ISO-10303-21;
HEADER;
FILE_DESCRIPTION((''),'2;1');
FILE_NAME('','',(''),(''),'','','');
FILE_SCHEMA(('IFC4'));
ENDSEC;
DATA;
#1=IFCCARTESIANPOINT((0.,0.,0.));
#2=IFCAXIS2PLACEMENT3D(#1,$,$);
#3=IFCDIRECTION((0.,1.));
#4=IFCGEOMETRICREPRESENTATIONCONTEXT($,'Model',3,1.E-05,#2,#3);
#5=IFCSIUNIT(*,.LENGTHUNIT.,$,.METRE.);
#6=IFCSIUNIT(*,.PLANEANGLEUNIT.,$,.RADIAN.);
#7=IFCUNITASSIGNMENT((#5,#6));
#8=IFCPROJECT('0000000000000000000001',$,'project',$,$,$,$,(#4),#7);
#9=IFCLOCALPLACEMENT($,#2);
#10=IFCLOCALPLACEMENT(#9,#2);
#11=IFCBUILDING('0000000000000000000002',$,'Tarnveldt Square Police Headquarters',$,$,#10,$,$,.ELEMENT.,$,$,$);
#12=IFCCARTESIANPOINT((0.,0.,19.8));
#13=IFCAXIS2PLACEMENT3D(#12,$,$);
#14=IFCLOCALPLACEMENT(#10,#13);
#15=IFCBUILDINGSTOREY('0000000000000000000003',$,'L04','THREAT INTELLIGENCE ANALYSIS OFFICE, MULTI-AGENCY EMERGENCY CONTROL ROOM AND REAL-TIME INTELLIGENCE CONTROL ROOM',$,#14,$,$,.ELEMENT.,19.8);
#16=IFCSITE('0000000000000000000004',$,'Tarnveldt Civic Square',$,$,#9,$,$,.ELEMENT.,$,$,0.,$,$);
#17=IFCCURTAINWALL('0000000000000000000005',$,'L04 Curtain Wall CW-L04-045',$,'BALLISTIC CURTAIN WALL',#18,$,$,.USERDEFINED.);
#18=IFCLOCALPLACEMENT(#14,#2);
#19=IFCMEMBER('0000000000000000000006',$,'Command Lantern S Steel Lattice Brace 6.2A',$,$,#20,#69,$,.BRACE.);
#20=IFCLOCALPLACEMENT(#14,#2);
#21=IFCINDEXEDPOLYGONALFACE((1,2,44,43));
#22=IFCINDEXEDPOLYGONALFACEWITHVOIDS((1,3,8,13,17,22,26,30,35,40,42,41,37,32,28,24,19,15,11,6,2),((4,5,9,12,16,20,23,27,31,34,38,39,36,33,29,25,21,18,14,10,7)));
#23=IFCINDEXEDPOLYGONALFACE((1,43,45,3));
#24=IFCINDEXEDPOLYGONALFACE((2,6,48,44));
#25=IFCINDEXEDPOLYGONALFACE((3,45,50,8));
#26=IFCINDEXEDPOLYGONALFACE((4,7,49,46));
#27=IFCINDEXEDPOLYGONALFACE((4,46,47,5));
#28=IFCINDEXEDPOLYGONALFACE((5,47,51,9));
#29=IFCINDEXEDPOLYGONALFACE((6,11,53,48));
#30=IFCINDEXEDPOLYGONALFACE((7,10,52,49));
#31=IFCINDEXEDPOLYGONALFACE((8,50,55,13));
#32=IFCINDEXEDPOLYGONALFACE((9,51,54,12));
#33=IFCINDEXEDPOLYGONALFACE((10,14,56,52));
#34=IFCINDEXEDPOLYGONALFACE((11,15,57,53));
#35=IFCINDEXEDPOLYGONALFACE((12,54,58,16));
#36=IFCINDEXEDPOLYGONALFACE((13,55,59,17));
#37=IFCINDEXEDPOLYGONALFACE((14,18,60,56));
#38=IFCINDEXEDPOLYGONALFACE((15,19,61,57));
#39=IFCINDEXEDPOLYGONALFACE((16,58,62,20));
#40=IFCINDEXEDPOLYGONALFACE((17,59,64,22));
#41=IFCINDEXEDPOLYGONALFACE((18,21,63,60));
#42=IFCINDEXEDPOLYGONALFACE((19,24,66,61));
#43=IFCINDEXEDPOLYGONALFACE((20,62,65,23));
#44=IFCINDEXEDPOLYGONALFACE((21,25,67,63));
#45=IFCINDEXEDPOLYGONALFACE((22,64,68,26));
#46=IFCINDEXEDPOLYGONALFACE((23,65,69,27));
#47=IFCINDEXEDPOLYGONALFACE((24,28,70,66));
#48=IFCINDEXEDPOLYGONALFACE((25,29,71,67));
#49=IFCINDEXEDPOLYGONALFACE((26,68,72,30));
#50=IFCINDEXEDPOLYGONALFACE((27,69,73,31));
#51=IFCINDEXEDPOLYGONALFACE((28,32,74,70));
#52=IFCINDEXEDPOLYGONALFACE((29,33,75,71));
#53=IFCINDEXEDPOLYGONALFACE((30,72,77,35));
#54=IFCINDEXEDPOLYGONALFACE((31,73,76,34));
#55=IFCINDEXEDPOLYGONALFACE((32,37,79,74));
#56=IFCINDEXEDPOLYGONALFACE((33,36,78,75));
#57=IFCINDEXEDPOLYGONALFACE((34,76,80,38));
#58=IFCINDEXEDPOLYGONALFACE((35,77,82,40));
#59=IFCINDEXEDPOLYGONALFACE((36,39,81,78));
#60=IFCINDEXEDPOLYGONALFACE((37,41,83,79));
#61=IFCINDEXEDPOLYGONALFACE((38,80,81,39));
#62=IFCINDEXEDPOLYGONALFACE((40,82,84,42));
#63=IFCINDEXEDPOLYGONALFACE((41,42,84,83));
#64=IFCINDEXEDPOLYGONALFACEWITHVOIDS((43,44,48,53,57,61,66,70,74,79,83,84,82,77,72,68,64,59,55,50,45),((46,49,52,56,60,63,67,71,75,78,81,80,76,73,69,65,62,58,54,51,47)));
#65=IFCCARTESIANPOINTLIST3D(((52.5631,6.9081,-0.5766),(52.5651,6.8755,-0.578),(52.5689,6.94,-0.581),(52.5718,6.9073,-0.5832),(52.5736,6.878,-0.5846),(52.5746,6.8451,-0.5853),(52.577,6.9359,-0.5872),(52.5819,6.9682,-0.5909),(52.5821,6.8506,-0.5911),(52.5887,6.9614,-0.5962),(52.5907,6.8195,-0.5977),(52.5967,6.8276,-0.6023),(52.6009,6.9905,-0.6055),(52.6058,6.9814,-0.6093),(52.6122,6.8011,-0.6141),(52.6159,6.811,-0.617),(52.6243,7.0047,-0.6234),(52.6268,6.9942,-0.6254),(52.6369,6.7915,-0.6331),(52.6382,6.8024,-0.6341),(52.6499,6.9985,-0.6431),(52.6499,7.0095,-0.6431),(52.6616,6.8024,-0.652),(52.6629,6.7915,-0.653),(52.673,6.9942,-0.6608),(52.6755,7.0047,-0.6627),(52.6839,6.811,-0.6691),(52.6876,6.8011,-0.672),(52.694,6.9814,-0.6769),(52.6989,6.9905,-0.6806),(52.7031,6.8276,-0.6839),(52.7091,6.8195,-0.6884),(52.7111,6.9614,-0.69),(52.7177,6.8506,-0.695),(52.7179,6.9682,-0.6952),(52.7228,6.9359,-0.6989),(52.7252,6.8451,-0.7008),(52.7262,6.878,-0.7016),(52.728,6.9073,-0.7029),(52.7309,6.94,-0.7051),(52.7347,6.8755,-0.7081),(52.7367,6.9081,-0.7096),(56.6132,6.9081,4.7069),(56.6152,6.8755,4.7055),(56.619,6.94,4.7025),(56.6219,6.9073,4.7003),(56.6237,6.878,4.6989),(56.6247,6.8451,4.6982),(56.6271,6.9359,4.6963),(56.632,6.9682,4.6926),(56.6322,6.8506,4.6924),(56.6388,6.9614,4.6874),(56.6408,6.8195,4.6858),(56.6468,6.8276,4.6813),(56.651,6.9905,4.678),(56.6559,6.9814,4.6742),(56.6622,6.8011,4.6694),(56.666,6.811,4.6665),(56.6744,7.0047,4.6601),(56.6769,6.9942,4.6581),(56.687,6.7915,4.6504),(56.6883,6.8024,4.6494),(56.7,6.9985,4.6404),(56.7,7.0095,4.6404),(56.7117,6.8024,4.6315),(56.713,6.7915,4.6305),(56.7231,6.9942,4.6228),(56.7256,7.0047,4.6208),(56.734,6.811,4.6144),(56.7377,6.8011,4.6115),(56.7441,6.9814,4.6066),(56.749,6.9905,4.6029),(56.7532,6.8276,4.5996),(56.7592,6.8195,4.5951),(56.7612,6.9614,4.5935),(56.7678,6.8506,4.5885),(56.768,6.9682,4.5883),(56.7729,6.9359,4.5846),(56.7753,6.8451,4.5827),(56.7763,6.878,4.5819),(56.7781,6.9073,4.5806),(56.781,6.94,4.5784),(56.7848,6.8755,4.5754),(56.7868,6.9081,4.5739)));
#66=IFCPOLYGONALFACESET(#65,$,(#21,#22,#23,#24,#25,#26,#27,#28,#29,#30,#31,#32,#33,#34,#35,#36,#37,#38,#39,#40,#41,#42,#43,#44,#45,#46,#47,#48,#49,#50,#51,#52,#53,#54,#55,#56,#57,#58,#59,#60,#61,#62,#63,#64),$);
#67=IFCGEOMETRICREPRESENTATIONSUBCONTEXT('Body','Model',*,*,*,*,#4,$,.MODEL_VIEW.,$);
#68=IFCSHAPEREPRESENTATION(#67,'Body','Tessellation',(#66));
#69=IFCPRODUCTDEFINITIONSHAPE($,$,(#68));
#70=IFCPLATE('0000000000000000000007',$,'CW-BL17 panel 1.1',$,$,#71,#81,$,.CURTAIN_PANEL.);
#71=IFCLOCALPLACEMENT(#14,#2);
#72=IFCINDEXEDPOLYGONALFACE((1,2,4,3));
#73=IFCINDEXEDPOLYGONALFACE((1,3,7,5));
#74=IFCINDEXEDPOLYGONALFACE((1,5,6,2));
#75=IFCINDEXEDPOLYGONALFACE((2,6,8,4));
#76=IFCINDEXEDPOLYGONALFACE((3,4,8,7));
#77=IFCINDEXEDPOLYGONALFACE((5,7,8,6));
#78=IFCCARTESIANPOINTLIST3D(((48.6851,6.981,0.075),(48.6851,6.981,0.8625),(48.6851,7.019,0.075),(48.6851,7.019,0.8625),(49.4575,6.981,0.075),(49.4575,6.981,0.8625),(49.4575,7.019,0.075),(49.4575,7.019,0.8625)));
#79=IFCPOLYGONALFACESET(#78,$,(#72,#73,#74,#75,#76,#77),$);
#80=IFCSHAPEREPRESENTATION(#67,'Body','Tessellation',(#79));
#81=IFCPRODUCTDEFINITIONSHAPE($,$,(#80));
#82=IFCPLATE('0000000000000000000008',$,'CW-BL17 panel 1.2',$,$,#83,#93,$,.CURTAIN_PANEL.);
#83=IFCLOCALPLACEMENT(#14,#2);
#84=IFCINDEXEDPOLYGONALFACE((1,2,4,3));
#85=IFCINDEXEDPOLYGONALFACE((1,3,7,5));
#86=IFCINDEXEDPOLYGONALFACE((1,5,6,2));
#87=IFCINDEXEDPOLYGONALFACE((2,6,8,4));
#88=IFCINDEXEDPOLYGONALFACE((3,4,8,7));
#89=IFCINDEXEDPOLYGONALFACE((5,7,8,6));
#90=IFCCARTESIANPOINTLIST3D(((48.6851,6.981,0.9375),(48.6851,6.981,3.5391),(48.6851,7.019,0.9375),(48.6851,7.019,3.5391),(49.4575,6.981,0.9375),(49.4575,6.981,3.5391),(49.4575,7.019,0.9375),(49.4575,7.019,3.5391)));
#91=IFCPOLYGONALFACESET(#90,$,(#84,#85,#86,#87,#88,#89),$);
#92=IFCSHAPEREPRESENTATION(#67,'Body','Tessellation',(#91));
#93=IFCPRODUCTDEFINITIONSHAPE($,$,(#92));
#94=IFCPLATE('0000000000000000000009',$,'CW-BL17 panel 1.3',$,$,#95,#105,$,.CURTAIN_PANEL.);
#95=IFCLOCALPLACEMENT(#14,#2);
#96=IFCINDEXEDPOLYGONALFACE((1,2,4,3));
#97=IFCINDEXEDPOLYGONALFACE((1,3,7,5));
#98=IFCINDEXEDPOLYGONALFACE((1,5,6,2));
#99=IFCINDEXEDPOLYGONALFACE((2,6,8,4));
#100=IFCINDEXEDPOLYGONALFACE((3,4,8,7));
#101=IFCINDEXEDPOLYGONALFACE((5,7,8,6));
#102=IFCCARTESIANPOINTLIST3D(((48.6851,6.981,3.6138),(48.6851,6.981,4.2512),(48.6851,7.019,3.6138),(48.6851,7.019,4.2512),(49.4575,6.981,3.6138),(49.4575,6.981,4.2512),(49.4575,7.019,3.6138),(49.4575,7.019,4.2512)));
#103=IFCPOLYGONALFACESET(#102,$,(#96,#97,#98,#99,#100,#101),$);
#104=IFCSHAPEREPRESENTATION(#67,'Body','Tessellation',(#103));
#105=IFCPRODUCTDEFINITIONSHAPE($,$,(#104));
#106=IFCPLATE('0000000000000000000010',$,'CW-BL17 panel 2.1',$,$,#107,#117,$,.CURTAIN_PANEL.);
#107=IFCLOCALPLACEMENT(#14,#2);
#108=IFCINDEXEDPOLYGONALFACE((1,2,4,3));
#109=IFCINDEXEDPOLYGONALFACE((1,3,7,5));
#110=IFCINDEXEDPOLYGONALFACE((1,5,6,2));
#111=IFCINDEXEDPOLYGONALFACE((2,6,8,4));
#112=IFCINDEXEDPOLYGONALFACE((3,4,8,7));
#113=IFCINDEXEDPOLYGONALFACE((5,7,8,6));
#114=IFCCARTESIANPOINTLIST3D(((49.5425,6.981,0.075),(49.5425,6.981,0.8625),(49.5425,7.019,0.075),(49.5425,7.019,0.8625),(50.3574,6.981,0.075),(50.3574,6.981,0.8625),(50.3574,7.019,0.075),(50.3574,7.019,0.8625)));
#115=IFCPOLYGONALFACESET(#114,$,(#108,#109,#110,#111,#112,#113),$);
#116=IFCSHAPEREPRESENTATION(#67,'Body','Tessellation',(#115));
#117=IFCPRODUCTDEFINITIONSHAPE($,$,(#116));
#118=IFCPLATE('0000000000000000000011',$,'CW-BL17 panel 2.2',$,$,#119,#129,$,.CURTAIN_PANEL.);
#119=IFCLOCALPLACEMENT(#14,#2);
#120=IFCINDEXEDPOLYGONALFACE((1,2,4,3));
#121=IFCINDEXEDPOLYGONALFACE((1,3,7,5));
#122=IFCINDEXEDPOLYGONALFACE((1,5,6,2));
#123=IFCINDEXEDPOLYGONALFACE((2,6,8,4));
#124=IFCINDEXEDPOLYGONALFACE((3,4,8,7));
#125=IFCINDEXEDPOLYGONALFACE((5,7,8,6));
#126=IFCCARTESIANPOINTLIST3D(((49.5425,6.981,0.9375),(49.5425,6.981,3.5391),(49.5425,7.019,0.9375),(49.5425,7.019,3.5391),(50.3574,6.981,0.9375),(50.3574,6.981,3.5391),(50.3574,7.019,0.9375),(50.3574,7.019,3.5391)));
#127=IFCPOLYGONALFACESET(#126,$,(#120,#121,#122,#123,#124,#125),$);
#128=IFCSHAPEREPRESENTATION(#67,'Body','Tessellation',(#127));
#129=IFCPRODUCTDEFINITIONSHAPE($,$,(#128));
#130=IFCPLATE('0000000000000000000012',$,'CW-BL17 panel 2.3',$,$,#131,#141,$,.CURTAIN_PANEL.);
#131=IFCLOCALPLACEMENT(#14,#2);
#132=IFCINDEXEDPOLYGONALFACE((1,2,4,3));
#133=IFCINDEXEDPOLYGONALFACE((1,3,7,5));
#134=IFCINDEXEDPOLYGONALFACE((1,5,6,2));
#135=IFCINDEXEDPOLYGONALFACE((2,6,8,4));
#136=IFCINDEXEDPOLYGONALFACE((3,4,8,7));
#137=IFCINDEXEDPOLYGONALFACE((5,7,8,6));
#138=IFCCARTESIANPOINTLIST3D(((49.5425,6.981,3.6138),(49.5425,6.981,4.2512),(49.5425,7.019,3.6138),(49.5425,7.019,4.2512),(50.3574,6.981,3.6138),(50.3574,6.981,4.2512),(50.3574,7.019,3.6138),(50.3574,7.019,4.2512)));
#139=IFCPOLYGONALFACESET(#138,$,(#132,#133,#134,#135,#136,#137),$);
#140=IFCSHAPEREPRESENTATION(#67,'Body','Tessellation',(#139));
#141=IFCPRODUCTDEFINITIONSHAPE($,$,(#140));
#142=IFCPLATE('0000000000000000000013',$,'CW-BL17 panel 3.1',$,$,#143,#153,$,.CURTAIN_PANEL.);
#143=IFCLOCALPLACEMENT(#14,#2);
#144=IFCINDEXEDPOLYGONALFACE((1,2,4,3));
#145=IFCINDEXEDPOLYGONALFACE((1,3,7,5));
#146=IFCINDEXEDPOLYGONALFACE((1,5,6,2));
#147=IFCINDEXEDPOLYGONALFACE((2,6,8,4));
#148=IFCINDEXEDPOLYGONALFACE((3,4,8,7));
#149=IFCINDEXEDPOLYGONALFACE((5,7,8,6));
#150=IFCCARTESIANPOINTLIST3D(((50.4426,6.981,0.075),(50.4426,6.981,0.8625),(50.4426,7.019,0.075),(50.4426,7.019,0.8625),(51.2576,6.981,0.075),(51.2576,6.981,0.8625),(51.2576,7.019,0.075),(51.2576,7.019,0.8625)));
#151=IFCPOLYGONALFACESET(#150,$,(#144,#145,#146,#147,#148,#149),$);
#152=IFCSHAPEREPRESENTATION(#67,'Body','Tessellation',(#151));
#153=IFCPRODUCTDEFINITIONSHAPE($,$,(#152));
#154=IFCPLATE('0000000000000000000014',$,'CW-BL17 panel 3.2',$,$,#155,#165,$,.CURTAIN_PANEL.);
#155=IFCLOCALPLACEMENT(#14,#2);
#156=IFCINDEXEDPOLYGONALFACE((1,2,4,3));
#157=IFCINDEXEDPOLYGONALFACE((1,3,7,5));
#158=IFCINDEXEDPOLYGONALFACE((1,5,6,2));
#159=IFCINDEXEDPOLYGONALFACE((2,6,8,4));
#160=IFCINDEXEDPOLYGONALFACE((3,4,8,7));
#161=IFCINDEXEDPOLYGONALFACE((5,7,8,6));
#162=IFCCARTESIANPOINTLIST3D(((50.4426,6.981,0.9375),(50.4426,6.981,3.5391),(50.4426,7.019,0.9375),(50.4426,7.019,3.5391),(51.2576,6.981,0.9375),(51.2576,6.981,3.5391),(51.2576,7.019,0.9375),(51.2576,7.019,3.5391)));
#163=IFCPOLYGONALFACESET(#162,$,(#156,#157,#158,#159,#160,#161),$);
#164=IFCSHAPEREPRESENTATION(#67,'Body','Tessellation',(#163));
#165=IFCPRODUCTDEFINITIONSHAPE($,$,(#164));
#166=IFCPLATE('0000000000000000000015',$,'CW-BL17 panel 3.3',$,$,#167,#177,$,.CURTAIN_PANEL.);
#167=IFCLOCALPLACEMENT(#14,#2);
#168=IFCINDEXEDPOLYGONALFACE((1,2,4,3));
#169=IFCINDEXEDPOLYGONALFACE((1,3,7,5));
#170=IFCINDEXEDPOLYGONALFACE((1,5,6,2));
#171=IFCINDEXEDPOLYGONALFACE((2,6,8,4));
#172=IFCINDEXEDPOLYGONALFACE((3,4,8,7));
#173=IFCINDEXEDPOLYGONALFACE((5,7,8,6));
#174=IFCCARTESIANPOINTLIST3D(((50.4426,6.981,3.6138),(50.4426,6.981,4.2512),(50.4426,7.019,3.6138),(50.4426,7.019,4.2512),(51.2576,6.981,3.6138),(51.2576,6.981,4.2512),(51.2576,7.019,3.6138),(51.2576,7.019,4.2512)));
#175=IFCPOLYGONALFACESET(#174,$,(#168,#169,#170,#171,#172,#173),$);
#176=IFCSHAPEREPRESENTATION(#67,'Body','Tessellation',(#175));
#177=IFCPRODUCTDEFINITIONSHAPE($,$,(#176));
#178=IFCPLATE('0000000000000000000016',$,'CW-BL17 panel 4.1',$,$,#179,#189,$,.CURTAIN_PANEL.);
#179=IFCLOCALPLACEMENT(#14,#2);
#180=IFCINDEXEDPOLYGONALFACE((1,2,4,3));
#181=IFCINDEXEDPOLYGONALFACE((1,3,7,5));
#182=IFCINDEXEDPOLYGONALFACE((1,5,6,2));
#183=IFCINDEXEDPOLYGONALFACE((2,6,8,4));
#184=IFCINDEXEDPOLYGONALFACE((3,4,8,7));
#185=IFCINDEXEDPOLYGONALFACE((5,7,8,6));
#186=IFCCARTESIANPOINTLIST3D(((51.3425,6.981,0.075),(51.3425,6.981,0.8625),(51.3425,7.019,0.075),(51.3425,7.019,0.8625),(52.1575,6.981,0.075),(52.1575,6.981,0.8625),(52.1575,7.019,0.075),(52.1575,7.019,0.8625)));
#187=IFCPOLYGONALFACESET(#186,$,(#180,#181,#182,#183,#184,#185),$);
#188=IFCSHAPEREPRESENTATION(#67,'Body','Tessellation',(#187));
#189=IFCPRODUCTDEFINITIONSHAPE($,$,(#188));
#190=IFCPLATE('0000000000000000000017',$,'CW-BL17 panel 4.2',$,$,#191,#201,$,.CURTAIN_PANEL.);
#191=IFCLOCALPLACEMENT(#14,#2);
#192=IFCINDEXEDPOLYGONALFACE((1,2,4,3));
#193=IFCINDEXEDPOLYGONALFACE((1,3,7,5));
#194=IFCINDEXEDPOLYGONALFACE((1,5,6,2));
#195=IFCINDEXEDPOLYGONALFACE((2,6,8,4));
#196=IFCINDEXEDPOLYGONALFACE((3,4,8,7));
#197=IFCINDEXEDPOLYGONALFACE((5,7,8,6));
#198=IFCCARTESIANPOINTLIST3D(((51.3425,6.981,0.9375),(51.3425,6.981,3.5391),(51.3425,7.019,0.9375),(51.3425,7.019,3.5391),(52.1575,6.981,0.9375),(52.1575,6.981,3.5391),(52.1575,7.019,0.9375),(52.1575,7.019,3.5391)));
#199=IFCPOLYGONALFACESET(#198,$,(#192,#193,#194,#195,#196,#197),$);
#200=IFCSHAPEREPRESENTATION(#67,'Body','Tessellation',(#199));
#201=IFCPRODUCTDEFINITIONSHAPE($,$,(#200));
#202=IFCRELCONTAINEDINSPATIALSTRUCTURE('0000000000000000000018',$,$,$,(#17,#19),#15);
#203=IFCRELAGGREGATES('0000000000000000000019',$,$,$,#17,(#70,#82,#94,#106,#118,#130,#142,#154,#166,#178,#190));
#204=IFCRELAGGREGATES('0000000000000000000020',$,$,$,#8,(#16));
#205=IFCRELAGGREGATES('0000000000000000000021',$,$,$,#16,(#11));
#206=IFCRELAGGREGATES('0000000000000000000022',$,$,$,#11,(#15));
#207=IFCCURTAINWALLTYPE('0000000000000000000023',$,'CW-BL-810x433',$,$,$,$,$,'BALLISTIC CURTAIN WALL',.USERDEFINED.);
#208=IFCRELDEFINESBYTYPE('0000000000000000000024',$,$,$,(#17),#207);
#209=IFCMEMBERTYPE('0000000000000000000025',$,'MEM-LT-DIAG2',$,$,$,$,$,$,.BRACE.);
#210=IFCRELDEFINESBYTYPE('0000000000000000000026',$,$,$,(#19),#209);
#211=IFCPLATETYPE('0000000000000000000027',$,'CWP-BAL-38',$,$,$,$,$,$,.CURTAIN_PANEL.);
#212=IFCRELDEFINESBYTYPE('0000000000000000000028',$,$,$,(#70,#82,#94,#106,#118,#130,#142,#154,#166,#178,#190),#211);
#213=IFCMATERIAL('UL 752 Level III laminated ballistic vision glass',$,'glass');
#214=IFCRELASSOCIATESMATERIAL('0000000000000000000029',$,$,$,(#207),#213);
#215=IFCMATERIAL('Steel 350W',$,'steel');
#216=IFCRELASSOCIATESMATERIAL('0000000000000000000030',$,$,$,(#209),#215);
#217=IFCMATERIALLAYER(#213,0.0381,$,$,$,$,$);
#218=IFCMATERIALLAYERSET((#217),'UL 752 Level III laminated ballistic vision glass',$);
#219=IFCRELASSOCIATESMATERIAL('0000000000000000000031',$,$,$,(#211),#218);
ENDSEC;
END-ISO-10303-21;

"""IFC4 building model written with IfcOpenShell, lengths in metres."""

from ifc_helpers import new_model, si_unit, direction, frame, origin, origin_2d, place, context, subcontext, project, spatial, rectangle, hollow_circle, extrude, material, layer, layer_set, material_profile, profile_set, type_object, element, aggregate, save


model = new_model("IFC4")

# Units and contexts
model_context = context("Model", 3, precision=1e-05, world=origin(), true_north=direction((0.0, 1.0)))
body_context = subcontext(model_context, "Body", "Model", "MODEL_VIEW")
ifc_project = project(units=[si_unit("LENGTHUNIT", "METRE"), si_unit("PLANEANGLEUNIT", "RADIAN")], contexts=[model_context])

# Site, building, storey
site_placement = place(None, origin())
site = spatial("IfcSite", under=ifc_project, at=site_placement, Name="Tarnveldt Civic Square", CompositionType="ELEMENT", RefElevation=0.0)
building_placement = place(site_placement, origin())
building = spatial("IfcBuilding", under=site, at=building_placement, Name="Tarnveldt Square Police Headquarters", CompositionType="ELEMENT")
storey_placement = place(building_placement, frame((0.0, 0.0, 19.8)))
storey = spatial("IfcBuildingStorey", under=building, at=storey_placement, Name="L04", Description="THREAT INTELLIGENCE ANALYSIS OFFICE, MULTI-AGENCY EMERGENCY CONTROL ROOM AND REAL-TIME INTELLIGENCE CONTROL ROOM", CompositionType="ELEMENT", Elevation=19.8)

# Curtain wall
ifc_material_1 = material(Name="UL 752 Level III laminated ballistic vision glass", Category="glass")
curtain_wall_type = type_object("IfcCurtainWallType", Name="CW-BL-810x433", ElementType="BALLISTIC CURTAIN WALL", PredefinedType="USERDEFINED", material=ifc_material_1)
curtain_wall_placement = place(storey_placement, origin())
curtain_wall = element("IfcCurtainWall", 1, at=curtain_wall_placement, inside=storey, type_object=curtain_wall_type, Name="L04 Curtain Wall CW-L04-045", ObjectType="BALLISTIC CURTAIN WALL", PredefinedType="USERDEFINED")

# Member
ifc_material_2 = material(Name="Steel 350W", Category="steel")
ifc_material_profile_1 = material_profile(ifc_material_2, hollow_circle(Radius=0.1096, WallThickness=0.011, at=origin_2d()), Name="HSS219x11")
ifc_profile_set_1 = profile_set([ifc_material_profile_1], Name="Steel 350W")
member_type_1 = type_object("IfcMemberType", Name="MEM-LT-DIAG2", PredefinedType="BRACE", material=ifc_profile_set_1)
member_1_placement = place(storey_placement, frame((52.6499, 6.8999, -0.6431), z_axis=(0.608375, 0.0, 0.793649), x_axis=(0.0, 1.0, 0.0)))
element("IfcMember", 2, at=member_1_placement, inside=storey, type_object=member_type_1, Name="Command Lantern S Steel Lattice Brace 6.2A", PredefinedType="BRACE", context=body_context, shape_type="SweptSolid", body=[
    extrude(hollow_circle(Radius=0.1096, WallThickness=0.011, at=origin_2d()), origin(), (0.0, 0.0, 1.0), 6.6572),
])

# Plates
ifc_layer_1 = layer(ifc_material_1, 0.0381)
ifc_layer_set_1 = layer_set([ifc_layer_1], Name="UL 752 Level III laminated ballistic vision glass")
plate_type_1 = type_object("IfcPlateType", Name="CWP-BAL-38", PredefinedType="CURTAIN_PANEL", material=ifc_layer_set_1)
plate_1_placement = place(storey_placement, frame((49.0713, 7.0, 0.075), z_axis=(0.0, 0.0, 1.0), x_axis=(1.0, 0.0, 0.0)))
plate_1 = element("IfcPlate", 3, at=plate_1_placement, type_object=plate_type_1, Name="CW-BL17 panel 1.1", PredefinedType="CURTAIN_PANEL", context=body_context, shape_type="SweptSolid", body=[
    extrude(rectangle(XDim=0.7725, YDim=0.0381, at=origin_2d()), origin(), (0.0, 0.0, 1.0), 0.7876),
])
plate_2_placement = place(storey_placement, frame((49.0713, 7.0, 0.9375), z_axis=(0.0, 0.0, 1.0), x_axis=(1.0, 0.0, 0.0)))
plate_2 = element("IfcPlate", 4, at=plate_2_placement, type_object=plate_type_1, Name="CW-BL17 panel 1.2", PredefinedType="CURTAIN_PANEL", context=body_context, shape_type="SweptSolid", body=[
    extrude(rectangle(XDim=0.7725, YDim=0.0381, at=origin_2d()), origin(), (0.0, 0.0, 1.0), 2.6016),
])
plate_3_placement = place(storey_placement, frame((49.0713, 7.0, 3.6138), z_axis=(0.0, 0.0, 1.0), x_axis=(1.0, 0.0, 0.0)))
plate_3 = element("IfcPlate", 5, at=plate_3_placement, type_object=plate_type_1, Name="CW-BL17 panel 1.3", PredefinedType="CURTAIN_PANEL", context=body_context, shape_type="SweptSolid", body=[
    extrude(rectangle(XDim=0.7725, YDim=0.0381, at=origin_2d()), origin(), (0.0, 0.0, 1.0), 0.6375),
])
plate_4_placement = place(storey_placement, frame((49.95, 7.0, 0.075), z_axis=(0.0, 0.0, 1.0), x_axis=(1.0, 0.0, 0.0)))
plate_4 = element("IfcPlate", 6, at=plate_4_placement, type_object=plate_type_1, Name="CW-BL17 panel 2.1", PredefinedType="CURTAIN_PANEL", context=body_context, shape_type="SweptSolid", body=[
    extrude(rectangle(XDim=0.8149, YDim=0.0381, at=origin_2d()), origin(), (0.0, 0.0, 1.0), 0.7876),
])
plate_5_placement = place(storey_placement, frame((49.95, 7.0, 0.9375), z_axis=(0.0, 0.0, 1.0), x_axis=(1.0, 0.0, 0.0)))
plate_5 = element("IfcPlate", 7, at=plate_5_placement, type_object=plate_type_1, Name="CW-BL17 panel 2.2", PredefinedType="CURTAIN_PANEL", context=body_context, shape_type="SweptSolid", body=[
    extrude(rectangle(XDim=0.8149, YDim=0.0381, at=origin_2d()), origin(), (0.0, 0.0, 1.0), 2.6016),
])
plate_6_placement = place(storey_placement, frame((49.95, 7.0, 3.6138), z_axis=(0.0, 0.0, 1.0), x_axis=(1.0, 0.0, 0.0)))
plate_6 = element("IfcPlate", 8, at=plate_6_placement, type_object=plate_type_1, Name="CW-BL17 panel 2.3", PredefinedType="CURTAIN_PANEL", context=body_context, shape_type="SweptSolid", body=[
    extrude(rectangle(XDim=0.8149, YDim=0.0381, at=origin_2d()), origin(), (0.0, 0.0, 1.0), 0.6375),
])
plate_7_placement = place(storey_placement, frame((50.8501, 7.0, 0.075), z_axis=(0.0, 0.0, 1.0), x_axis=(1.0, 0.0, 0.0)))
plate_7 = element("IfcPlate", 9, at=plate_7_placement, type_object=plate_type_1, Name="CW-BL17 panel 3.1", PredefinedType="CURTAIN_PANEL", context=body_context, shape_type="SweptSolid", body=[
    extrude(rectangle(XDim=0.8149, YDim=0.0381, at=origin_2d()), origin(), (0.0, 0.0, 1.0), 0.7876),
])
plate_8_placement = place(storey_placement, frame((50.8501, 7.0, 0.9375), z_axis=(0.0, 0.0, 1.0), x_axis=(1.0, 0.0, 0.0)))
plate_8 = element("IfcPlate", 10, at=plate_8_placement, type_object=plate_type_1, Name="CW-BL17 panel 3.2", PredefinedType="CURTAIN_PANEL", context=body_context, shape_type="SweptSolid", body=[
    extrude(rectangle(XDim=0.8149, YDim=0.0381, at=origin_2d()), origin(), (0.0, 0.0, 1.0), 2.6016),
])
plate_9_placement = place(storey_placement, frame((50.8501, 7.0, 3.6138), z_axis=(0.0, 0.0, 1.0), x_axis=(1.0, 0.0, 0.0)))
plate_9 = element("IfcPlate", 11, at=plate_9_placement, type_object=plate_type_1, Name="CW-BL17 panel 3.3", PredefinedType="CURTAIN_PANEL", context=body_context, shape_type="SweptSolid", body=[
    extrude(rectangle(XDim=0.8149, YDim=0.0381, at=origin_2d()), origin(), (0.0, 0.0, 1.0), 0.6375),
])
plate_10_placement = place(storey_placement, frame((51.75, 7.0, 0.075), z_axis=(0.0, 0.0, 1.0), x_axis=(1.0, 0.0, 0.0)))
plate_10 = element("IfcPlate", 12, at=plate_10_placement, type_object=plate_type_1, Name="CW-BL17 panel 4.1", PredefinedType="CURTAIN_PANEL", context=body_context, shape_type="SweptSolid", body=[
    extrude(rectangle(XDim=0.8149, YDim=0.0381, at=origin_2d()), origin(), (0.0, 0.0, 1.0), 0.7876),
])
plate_11_placement = place(storey_placement, frame((51.75, 7.0, 0.9375), z_axis=(0.0, 0.0, 1.0), x_axis=(1.0, 0.0, 0.0)))
plate_11 = element("IfcPlate", 13, at=plate_11_placement, type_object=plate_type_1, Name="CW-BL17 panel 4.2", PredefinedType="CURTAIN_PANEL", context=body_context, shape_type="SweptSolid", body=[
    extrude(rectangle(XDim=0.8149, YDim=0.0381, at=origin_2d()), origin(), (0.0, 0.0, 1.0), 2.6016),
])
aggregate(curtain_wall, [plate_1, plate_2, plate_3, plate_4, plate_5, plate_6, plate_7, plate_8, plate_9, plate_10, plate_11])

save(model, "model.ifc")
